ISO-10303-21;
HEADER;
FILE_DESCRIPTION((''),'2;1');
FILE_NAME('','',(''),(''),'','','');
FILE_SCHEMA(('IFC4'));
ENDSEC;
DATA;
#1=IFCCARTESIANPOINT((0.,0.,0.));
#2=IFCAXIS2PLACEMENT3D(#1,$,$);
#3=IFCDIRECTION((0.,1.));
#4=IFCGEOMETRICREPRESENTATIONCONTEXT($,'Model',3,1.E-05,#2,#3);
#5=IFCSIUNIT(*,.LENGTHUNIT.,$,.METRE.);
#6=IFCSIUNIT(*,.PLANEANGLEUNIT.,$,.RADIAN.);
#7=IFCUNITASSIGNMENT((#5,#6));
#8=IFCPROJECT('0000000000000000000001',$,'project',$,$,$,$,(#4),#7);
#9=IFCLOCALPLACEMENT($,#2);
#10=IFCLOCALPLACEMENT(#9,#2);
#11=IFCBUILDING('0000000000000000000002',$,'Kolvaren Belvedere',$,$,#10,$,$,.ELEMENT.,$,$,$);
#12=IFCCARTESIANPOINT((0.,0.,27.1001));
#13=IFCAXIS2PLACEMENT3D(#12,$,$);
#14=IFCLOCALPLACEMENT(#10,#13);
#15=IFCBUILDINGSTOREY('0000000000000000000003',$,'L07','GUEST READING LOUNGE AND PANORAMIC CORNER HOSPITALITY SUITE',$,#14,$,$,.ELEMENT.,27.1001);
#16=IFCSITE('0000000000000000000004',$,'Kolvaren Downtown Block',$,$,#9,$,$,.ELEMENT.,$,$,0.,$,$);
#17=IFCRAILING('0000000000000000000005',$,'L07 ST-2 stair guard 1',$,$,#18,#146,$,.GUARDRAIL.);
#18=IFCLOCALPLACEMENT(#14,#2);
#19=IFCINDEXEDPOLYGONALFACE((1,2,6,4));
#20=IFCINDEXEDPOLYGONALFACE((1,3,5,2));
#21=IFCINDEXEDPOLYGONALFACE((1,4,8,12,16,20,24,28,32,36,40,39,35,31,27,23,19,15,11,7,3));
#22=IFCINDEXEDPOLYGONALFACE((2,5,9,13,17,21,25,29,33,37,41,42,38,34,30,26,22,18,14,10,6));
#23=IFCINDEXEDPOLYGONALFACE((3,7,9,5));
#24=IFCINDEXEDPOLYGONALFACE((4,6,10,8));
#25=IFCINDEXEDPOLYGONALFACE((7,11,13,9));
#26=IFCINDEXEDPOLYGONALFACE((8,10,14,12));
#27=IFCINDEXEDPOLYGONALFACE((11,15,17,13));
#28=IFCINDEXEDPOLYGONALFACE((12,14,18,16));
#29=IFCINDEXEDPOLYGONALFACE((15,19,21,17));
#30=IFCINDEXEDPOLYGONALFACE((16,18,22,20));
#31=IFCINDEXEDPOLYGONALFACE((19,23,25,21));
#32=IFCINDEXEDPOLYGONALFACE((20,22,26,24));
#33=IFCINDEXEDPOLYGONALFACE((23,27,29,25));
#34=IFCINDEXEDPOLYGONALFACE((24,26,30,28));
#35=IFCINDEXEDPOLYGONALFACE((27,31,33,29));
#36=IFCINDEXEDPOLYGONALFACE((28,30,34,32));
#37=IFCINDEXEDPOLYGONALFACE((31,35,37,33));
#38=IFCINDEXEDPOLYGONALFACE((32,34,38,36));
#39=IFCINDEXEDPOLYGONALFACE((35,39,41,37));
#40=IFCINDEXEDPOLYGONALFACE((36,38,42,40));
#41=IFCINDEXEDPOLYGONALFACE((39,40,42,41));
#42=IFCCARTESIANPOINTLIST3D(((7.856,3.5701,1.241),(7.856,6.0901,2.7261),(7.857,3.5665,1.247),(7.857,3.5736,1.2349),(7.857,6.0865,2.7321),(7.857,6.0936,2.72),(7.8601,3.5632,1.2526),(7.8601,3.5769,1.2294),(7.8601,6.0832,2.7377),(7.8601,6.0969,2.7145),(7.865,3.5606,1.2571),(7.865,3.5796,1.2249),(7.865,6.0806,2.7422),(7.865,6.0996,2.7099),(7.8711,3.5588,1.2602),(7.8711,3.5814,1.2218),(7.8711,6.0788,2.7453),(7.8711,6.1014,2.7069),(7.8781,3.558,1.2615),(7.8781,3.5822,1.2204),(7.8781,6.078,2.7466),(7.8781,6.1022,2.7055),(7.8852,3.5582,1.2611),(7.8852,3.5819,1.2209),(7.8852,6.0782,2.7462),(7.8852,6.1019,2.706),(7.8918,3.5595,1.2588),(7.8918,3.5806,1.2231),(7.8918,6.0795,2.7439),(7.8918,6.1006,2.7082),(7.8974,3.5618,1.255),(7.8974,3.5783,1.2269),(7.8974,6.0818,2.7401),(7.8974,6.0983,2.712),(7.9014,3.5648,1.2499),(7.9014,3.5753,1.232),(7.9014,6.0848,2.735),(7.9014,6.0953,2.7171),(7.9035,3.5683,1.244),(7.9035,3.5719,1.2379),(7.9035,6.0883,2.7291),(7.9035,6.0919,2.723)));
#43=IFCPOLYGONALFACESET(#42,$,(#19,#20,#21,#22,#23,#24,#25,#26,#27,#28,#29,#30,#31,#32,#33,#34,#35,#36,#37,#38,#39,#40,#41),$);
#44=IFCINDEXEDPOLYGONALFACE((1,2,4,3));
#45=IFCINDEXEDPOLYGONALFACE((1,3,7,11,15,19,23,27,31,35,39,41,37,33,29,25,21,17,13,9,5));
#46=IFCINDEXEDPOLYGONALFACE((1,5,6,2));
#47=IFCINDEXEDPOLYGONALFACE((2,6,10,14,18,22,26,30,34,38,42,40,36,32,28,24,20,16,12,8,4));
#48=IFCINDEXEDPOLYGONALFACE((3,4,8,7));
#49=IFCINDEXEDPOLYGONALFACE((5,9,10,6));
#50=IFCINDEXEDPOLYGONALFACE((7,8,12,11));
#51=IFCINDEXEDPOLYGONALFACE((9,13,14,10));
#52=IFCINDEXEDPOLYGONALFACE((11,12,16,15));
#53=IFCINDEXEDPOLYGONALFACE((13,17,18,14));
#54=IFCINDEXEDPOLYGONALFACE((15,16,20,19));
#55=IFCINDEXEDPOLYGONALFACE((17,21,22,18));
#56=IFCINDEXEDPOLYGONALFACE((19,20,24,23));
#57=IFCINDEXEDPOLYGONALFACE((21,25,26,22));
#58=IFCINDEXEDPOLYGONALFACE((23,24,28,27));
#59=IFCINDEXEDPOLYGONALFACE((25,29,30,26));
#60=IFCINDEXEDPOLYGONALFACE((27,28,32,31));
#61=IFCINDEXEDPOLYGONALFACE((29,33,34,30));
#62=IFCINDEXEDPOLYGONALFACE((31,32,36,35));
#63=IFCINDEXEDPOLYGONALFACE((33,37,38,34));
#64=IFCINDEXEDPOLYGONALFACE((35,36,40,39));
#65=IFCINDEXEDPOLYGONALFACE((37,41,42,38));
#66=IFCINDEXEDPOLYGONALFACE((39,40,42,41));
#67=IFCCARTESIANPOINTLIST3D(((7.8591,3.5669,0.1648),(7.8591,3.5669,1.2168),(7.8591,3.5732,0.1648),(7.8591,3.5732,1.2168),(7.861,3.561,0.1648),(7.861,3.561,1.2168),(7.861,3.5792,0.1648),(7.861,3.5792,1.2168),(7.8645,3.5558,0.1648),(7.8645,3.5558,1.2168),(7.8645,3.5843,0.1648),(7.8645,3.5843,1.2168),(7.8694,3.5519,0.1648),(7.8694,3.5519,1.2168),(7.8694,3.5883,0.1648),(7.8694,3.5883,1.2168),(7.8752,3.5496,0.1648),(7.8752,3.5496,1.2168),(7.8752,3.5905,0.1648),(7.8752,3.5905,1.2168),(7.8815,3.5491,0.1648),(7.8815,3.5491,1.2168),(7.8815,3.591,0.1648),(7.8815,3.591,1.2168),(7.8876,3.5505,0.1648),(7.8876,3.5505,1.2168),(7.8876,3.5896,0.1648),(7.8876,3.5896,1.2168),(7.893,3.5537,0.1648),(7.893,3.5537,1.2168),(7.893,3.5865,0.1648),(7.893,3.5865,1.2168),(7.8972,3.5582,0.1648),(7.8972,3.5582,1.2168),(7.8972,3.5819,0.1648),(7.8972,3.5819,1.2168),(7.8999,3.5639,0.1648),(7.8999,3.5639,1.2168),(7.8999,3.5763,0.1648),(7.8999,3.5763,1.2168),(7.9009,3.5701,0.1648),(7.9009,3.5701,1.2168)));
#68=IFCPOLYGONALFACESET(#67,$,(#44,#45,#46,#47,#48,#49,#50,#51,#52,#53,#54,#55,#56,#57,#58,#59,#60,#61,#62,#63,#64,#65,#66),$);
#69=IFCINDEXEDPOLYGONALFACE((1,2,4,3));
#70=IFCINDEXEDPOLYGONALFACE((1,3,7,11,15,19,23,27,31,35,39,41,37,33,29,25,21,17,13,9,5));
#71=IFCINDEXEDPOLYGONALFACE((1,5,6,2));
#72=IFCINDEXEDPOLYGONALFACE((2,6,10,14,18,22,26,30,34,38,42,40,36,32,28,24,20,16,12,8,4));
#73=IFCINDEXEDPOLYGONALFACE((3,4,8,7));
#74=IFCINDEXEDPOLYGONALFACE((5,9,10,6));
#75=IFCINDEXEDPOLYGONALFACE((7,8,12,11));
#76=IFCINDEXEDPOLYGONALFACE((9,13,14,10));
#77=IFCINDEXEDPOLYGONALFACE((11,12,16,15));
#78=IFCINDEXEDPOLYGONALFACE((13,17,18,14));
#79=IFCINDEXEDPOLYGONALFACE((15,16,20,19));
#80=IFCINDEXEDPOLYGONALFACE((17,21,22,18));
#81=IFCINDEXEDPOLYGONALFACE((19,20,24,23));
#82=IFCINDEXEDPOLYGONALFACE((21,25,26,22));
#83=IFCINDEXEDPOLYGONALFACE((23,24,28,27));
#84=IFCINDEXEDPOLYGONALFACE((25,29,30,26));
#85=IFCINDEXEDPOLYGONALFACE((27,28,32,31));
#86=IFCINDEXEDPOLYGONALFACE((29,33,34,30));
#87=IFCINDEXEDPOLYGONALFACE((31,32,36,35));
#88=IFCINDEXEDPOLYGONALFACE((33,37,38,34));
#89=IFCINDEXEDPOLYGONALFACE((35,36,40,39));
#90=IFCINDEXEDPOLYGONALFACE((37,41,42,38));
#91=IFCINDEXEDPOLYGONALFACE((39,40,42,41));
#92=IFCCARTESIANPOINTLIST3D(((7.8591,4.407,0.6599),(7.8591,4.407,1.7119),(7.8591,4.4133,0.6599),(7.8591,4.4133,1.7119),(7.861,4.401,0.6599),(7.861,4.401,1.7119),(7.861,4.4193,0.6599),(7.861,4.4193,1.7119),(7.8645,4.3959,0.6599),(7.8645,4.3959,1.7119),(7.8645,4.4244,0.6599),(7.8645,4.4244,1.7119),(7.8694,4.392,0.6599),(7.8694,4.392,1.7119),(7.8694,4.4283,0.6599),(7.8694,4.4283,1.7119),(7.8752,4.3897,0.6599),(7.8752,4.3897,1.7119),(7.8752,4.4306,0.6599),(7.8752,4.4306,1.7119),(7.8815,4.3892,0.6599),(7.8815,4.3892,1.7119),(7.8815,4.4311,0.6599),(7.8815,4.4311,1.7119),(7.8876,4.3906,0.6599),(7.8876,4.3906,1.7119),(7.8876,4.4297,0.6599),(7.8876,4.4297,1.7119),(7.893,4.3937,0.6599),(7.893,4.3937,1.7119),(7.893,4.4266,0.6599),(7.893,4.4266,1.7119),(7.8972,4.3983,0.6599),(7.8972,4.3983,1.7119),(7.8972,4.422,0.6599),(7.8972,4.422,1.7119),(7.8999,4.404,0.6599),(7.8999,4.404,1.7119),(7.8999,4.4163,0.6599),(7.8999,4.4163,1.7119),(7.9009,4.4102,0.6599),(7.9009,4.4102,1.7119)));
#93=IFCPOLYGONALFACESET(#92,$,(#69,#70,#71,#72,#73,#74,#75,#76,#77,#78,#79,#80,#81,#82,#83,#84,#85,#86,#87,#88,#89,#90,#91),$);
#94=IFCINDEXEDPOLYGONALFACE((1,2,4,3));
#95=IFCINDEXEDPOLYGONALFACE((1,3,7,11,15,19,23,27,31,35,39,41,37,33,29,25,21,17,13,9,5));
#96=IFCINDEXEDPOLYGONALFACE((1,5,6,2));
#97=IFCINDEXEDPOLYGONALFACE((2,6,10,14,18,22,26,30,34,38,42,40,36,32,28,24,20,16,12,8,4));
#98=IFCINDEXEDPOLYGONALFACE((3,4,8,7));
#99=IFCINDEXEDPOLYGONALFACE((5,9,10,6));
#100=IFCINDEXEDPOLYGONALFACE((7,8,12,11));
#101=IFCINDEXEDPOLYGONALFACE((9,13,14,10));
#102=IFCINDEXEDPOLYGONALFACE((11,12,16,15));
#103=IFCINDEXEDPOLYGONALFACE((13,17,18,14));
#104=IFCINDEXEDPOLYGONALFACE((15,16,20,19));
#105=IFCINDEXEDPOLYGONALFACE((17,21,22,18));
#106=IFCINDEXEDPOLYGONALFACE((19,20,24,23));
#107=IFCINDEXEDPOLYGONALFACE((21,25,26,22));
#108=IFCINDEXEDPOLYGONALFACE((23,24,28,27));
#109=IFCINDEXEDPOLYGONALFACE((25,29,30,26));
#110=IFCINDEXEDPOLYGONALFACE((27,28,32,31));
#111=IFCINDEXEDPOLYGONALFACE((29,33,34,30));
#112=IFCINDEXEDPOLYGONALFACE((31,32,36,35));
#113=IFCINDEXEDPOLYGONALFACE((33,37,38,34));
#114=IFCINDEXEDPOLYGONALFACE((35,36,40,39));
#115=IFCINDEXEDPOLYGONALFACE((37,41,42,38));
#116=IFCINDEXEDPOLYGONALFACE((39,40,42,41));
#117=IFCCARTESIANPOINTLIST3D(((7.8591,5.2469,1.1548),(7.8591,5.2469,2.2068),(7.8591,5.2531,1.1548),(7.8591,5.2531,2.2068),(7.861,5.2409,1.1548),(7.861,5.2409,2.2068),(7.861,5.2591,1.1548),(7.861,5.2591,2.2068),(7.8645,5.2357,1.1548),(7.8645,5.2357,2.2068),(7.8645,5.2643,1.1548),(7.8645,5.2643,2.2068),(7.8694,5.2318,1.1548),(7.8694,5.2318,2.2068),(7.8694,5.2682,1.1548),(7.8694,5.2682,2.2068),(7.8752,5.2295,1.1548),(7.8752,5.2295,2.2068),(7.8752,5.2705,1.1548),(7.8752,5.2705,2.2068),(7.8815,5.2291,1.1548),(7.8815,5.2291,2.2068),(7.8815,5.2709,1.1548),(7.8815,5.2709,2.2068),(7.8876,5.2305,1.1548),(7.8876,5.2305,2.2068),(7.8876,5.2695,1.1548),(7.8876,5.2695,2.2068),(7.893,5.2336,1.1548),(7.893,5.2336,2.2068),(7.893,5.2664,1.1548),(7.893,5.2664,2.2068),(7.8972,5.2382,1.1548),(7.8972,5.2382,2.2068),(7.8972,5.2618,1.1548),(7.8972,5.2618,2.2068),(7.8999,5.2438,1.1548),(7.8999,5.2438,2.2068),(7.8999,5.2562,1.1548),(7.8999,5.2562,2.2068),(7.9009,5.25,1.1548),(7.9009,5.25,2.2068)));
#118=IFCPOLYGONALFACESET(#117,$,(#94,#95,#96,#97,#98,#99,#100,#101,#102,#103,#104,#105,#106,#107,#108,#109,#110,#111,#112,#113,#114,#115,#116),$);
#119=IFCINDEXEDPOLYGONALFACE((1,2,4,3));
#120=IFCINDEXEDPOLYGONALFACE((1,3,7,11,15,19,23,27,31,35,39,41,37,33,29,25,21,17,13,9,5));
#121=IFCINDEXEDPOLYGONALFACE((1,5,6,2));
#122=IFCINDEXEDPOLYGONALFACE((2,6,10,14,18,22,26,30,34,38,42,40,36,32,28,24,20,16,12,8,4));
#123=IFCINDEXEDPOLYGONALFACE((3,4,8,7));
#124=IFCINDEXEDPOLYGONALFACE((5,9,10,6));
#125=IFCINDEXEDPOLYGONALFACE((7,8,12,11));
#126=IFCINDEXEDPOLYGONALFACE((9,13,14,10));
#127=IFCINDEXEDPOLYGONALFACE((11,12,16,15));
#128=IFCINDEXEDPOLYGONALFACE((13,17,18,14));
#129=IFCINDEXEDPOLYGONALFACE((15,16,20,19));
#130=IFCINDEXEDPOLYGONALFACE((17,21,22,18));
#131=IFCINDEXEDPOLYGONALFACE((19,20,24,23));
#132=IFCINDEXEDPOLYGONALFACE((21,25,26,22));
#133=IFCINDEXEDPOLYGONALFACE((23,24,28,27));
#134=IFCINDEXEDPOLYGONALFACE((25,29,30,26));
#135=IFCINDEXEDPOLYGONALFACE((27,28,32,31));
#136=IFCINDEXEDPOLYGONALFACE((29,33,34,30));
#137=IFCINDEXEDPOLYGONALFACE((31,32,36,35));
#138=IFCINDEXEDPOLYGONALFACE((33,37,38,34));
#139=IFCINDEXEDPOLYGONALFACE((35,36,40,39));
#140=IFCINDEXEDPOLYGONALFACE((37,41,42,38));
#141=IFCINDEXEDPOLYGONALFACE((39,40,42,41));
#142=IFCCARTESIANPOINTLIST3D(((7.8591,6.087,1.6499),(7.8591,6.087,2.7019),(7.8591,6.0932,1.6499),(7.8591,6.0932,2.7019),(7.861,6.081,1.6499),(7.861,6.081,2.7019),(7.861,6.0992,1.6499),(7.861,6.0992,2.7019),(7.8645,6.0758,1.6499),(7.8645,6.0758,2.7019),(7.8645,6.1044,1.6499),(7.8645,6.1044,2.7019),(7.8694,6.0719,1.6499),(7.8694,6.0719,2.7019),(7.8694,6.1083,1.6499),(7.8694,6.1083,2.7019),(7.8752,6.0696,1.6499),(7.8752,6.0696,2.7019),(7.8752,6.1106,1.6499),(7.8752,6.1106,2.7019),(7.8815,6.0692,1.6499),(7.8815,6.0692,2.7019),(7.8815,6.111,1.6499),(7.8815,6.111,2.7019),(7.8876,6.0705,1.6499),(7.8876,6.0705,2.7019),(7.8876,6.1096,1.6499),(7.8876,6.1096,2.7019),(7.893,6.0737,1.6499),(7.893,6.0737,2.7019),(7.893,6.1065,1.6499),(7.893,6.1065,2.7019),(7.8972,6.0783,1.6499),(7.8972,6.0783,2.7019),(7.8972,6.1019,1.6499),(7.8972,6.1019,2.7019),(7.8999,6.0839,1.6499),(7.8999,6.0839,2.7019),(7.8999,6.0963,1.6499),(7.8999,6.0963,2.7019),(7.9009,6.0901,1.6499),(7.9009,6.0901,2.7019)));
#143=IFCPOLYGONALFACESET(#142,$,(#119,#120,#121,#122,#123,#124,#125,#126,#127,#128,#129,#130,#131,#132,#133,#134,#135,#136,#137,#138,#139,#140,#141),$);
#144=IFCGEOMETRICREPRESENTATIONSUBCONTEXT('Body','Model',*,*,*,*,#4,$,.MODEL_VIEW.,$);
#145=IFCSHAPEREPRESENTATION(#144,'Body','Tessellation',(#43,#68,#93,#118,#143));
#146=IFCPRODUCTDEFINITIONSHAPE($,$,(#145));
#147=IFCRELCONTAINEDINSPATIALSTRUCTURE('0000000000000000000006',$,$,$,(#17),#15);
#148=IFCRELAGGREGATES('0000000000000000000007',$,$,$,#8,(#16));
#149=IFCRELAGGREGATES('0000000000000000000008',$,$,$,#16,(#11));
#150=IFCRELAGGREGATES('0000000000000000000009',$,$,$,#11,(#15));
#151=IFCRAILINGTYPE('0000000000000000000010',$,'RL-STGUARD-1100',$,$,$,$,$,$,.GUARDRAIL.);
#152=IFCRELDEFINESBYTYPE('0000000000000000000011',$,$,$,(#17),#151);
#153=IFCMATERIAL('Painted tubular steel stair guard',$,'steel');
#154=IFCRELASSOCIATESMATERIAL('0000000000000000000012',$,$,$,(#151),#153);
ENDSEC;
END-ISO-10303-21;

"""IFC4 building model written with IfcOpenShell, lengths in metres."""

from ifc_helpers import new_model, si_unit, direction, frame, origin, origin_2d, place, context, subcontext, project, spatial, circle, extrude, material, type_object, element, save


model = new_model("IFC4")

# Units and contexts
model_context = context("Model", 3, precision=1e-05, world=origin(), true_north=direction((0.0, 1.0)))
body_context = subcontext(model_context, "Body", "Model", "MODEL_VIEW")
ifc_project = project(units=[si_unit("LENGTHUNIT", "METRE"), si_unit("PLANEANGLEUNIT", "RADIAN")], contexts=[model_context])

# Site, building, storey
site_placement = place(None, origin())
site = spatial("IfcSite", under=ifc_project, at=site_placement, Name="Kolvaren Downtown Block", CompositionType="ELEMENT", RefElevation=0.0)
building_placement = place(site_placement, origin())
building = spatial("IfcBuilding", under=site, at=building_placement, Name="Kolvaren Belvedere", CompositionType="ELEMENT")
storey_placement = place(building_placement, frame((0.0, 0.0, 27.1001)))
storey = spatial("IfcBuildingStorey", under=building, at=storey_placement, Name="L07", Description="GUEST READING LOUNGE AND PANORAMIC CORNER HOSPITALITY SUITE", CompositionType="ELEMENT", Elevation=27.1001)

# Railing
ifc_material_1 = material(Name="Painted tubular steel stair guard", Category="steel")
railing_type_1 = type_object("IfcRailingType", Name="RL-STGUARD-1100", PredefinedType="GUARDRAIL", material=ifc_material_1)
railing_1_placement = place(storey_placement, frame((7.8799, 3.5701, 0.1648)))
element("IfcRailing", 1, at=railing_1_placement, inside=storey, type_object=railing_type_1, Name="L07 ST-2 stair guard 1", PredefinedType="GUARDRAIL", context=body_context, shape_type="SweptSolid", body=[
    extrude(circle(Radius=0.0239, at=origin_2d()), frame((0.0, 0.0, 1.0762), z_axis=(0.0, 0.861524, 0.507717), x_axis=(-1.0, 0.0, 0.0)), (0.0, 0.0, 1.0), 2.925),
    extrude(circle(Radius=0.021, at=origin_2d()), origin(), (0.0, 0.0, 1.0), 1.052),
    extrude(circle(Radius=0.021, at=origin_2d()), frame((0.0, 0.8401, 0.4951)), (0.0, 0.0, 1.0), 1.052),
    extrude(circle(Radius=0.021, at=origin_2d()), frame((0.0, 1.6799, 0.99)), (0.0, 0.0, 1.0), 1.052),
    extrude(circle(Radius=0.021, at=origin_2d()), frame((0.0, 2.52, 1.4851)), (0.0, 0.0, 1.0), 1.052),
])

save(model, "model.ifc")
